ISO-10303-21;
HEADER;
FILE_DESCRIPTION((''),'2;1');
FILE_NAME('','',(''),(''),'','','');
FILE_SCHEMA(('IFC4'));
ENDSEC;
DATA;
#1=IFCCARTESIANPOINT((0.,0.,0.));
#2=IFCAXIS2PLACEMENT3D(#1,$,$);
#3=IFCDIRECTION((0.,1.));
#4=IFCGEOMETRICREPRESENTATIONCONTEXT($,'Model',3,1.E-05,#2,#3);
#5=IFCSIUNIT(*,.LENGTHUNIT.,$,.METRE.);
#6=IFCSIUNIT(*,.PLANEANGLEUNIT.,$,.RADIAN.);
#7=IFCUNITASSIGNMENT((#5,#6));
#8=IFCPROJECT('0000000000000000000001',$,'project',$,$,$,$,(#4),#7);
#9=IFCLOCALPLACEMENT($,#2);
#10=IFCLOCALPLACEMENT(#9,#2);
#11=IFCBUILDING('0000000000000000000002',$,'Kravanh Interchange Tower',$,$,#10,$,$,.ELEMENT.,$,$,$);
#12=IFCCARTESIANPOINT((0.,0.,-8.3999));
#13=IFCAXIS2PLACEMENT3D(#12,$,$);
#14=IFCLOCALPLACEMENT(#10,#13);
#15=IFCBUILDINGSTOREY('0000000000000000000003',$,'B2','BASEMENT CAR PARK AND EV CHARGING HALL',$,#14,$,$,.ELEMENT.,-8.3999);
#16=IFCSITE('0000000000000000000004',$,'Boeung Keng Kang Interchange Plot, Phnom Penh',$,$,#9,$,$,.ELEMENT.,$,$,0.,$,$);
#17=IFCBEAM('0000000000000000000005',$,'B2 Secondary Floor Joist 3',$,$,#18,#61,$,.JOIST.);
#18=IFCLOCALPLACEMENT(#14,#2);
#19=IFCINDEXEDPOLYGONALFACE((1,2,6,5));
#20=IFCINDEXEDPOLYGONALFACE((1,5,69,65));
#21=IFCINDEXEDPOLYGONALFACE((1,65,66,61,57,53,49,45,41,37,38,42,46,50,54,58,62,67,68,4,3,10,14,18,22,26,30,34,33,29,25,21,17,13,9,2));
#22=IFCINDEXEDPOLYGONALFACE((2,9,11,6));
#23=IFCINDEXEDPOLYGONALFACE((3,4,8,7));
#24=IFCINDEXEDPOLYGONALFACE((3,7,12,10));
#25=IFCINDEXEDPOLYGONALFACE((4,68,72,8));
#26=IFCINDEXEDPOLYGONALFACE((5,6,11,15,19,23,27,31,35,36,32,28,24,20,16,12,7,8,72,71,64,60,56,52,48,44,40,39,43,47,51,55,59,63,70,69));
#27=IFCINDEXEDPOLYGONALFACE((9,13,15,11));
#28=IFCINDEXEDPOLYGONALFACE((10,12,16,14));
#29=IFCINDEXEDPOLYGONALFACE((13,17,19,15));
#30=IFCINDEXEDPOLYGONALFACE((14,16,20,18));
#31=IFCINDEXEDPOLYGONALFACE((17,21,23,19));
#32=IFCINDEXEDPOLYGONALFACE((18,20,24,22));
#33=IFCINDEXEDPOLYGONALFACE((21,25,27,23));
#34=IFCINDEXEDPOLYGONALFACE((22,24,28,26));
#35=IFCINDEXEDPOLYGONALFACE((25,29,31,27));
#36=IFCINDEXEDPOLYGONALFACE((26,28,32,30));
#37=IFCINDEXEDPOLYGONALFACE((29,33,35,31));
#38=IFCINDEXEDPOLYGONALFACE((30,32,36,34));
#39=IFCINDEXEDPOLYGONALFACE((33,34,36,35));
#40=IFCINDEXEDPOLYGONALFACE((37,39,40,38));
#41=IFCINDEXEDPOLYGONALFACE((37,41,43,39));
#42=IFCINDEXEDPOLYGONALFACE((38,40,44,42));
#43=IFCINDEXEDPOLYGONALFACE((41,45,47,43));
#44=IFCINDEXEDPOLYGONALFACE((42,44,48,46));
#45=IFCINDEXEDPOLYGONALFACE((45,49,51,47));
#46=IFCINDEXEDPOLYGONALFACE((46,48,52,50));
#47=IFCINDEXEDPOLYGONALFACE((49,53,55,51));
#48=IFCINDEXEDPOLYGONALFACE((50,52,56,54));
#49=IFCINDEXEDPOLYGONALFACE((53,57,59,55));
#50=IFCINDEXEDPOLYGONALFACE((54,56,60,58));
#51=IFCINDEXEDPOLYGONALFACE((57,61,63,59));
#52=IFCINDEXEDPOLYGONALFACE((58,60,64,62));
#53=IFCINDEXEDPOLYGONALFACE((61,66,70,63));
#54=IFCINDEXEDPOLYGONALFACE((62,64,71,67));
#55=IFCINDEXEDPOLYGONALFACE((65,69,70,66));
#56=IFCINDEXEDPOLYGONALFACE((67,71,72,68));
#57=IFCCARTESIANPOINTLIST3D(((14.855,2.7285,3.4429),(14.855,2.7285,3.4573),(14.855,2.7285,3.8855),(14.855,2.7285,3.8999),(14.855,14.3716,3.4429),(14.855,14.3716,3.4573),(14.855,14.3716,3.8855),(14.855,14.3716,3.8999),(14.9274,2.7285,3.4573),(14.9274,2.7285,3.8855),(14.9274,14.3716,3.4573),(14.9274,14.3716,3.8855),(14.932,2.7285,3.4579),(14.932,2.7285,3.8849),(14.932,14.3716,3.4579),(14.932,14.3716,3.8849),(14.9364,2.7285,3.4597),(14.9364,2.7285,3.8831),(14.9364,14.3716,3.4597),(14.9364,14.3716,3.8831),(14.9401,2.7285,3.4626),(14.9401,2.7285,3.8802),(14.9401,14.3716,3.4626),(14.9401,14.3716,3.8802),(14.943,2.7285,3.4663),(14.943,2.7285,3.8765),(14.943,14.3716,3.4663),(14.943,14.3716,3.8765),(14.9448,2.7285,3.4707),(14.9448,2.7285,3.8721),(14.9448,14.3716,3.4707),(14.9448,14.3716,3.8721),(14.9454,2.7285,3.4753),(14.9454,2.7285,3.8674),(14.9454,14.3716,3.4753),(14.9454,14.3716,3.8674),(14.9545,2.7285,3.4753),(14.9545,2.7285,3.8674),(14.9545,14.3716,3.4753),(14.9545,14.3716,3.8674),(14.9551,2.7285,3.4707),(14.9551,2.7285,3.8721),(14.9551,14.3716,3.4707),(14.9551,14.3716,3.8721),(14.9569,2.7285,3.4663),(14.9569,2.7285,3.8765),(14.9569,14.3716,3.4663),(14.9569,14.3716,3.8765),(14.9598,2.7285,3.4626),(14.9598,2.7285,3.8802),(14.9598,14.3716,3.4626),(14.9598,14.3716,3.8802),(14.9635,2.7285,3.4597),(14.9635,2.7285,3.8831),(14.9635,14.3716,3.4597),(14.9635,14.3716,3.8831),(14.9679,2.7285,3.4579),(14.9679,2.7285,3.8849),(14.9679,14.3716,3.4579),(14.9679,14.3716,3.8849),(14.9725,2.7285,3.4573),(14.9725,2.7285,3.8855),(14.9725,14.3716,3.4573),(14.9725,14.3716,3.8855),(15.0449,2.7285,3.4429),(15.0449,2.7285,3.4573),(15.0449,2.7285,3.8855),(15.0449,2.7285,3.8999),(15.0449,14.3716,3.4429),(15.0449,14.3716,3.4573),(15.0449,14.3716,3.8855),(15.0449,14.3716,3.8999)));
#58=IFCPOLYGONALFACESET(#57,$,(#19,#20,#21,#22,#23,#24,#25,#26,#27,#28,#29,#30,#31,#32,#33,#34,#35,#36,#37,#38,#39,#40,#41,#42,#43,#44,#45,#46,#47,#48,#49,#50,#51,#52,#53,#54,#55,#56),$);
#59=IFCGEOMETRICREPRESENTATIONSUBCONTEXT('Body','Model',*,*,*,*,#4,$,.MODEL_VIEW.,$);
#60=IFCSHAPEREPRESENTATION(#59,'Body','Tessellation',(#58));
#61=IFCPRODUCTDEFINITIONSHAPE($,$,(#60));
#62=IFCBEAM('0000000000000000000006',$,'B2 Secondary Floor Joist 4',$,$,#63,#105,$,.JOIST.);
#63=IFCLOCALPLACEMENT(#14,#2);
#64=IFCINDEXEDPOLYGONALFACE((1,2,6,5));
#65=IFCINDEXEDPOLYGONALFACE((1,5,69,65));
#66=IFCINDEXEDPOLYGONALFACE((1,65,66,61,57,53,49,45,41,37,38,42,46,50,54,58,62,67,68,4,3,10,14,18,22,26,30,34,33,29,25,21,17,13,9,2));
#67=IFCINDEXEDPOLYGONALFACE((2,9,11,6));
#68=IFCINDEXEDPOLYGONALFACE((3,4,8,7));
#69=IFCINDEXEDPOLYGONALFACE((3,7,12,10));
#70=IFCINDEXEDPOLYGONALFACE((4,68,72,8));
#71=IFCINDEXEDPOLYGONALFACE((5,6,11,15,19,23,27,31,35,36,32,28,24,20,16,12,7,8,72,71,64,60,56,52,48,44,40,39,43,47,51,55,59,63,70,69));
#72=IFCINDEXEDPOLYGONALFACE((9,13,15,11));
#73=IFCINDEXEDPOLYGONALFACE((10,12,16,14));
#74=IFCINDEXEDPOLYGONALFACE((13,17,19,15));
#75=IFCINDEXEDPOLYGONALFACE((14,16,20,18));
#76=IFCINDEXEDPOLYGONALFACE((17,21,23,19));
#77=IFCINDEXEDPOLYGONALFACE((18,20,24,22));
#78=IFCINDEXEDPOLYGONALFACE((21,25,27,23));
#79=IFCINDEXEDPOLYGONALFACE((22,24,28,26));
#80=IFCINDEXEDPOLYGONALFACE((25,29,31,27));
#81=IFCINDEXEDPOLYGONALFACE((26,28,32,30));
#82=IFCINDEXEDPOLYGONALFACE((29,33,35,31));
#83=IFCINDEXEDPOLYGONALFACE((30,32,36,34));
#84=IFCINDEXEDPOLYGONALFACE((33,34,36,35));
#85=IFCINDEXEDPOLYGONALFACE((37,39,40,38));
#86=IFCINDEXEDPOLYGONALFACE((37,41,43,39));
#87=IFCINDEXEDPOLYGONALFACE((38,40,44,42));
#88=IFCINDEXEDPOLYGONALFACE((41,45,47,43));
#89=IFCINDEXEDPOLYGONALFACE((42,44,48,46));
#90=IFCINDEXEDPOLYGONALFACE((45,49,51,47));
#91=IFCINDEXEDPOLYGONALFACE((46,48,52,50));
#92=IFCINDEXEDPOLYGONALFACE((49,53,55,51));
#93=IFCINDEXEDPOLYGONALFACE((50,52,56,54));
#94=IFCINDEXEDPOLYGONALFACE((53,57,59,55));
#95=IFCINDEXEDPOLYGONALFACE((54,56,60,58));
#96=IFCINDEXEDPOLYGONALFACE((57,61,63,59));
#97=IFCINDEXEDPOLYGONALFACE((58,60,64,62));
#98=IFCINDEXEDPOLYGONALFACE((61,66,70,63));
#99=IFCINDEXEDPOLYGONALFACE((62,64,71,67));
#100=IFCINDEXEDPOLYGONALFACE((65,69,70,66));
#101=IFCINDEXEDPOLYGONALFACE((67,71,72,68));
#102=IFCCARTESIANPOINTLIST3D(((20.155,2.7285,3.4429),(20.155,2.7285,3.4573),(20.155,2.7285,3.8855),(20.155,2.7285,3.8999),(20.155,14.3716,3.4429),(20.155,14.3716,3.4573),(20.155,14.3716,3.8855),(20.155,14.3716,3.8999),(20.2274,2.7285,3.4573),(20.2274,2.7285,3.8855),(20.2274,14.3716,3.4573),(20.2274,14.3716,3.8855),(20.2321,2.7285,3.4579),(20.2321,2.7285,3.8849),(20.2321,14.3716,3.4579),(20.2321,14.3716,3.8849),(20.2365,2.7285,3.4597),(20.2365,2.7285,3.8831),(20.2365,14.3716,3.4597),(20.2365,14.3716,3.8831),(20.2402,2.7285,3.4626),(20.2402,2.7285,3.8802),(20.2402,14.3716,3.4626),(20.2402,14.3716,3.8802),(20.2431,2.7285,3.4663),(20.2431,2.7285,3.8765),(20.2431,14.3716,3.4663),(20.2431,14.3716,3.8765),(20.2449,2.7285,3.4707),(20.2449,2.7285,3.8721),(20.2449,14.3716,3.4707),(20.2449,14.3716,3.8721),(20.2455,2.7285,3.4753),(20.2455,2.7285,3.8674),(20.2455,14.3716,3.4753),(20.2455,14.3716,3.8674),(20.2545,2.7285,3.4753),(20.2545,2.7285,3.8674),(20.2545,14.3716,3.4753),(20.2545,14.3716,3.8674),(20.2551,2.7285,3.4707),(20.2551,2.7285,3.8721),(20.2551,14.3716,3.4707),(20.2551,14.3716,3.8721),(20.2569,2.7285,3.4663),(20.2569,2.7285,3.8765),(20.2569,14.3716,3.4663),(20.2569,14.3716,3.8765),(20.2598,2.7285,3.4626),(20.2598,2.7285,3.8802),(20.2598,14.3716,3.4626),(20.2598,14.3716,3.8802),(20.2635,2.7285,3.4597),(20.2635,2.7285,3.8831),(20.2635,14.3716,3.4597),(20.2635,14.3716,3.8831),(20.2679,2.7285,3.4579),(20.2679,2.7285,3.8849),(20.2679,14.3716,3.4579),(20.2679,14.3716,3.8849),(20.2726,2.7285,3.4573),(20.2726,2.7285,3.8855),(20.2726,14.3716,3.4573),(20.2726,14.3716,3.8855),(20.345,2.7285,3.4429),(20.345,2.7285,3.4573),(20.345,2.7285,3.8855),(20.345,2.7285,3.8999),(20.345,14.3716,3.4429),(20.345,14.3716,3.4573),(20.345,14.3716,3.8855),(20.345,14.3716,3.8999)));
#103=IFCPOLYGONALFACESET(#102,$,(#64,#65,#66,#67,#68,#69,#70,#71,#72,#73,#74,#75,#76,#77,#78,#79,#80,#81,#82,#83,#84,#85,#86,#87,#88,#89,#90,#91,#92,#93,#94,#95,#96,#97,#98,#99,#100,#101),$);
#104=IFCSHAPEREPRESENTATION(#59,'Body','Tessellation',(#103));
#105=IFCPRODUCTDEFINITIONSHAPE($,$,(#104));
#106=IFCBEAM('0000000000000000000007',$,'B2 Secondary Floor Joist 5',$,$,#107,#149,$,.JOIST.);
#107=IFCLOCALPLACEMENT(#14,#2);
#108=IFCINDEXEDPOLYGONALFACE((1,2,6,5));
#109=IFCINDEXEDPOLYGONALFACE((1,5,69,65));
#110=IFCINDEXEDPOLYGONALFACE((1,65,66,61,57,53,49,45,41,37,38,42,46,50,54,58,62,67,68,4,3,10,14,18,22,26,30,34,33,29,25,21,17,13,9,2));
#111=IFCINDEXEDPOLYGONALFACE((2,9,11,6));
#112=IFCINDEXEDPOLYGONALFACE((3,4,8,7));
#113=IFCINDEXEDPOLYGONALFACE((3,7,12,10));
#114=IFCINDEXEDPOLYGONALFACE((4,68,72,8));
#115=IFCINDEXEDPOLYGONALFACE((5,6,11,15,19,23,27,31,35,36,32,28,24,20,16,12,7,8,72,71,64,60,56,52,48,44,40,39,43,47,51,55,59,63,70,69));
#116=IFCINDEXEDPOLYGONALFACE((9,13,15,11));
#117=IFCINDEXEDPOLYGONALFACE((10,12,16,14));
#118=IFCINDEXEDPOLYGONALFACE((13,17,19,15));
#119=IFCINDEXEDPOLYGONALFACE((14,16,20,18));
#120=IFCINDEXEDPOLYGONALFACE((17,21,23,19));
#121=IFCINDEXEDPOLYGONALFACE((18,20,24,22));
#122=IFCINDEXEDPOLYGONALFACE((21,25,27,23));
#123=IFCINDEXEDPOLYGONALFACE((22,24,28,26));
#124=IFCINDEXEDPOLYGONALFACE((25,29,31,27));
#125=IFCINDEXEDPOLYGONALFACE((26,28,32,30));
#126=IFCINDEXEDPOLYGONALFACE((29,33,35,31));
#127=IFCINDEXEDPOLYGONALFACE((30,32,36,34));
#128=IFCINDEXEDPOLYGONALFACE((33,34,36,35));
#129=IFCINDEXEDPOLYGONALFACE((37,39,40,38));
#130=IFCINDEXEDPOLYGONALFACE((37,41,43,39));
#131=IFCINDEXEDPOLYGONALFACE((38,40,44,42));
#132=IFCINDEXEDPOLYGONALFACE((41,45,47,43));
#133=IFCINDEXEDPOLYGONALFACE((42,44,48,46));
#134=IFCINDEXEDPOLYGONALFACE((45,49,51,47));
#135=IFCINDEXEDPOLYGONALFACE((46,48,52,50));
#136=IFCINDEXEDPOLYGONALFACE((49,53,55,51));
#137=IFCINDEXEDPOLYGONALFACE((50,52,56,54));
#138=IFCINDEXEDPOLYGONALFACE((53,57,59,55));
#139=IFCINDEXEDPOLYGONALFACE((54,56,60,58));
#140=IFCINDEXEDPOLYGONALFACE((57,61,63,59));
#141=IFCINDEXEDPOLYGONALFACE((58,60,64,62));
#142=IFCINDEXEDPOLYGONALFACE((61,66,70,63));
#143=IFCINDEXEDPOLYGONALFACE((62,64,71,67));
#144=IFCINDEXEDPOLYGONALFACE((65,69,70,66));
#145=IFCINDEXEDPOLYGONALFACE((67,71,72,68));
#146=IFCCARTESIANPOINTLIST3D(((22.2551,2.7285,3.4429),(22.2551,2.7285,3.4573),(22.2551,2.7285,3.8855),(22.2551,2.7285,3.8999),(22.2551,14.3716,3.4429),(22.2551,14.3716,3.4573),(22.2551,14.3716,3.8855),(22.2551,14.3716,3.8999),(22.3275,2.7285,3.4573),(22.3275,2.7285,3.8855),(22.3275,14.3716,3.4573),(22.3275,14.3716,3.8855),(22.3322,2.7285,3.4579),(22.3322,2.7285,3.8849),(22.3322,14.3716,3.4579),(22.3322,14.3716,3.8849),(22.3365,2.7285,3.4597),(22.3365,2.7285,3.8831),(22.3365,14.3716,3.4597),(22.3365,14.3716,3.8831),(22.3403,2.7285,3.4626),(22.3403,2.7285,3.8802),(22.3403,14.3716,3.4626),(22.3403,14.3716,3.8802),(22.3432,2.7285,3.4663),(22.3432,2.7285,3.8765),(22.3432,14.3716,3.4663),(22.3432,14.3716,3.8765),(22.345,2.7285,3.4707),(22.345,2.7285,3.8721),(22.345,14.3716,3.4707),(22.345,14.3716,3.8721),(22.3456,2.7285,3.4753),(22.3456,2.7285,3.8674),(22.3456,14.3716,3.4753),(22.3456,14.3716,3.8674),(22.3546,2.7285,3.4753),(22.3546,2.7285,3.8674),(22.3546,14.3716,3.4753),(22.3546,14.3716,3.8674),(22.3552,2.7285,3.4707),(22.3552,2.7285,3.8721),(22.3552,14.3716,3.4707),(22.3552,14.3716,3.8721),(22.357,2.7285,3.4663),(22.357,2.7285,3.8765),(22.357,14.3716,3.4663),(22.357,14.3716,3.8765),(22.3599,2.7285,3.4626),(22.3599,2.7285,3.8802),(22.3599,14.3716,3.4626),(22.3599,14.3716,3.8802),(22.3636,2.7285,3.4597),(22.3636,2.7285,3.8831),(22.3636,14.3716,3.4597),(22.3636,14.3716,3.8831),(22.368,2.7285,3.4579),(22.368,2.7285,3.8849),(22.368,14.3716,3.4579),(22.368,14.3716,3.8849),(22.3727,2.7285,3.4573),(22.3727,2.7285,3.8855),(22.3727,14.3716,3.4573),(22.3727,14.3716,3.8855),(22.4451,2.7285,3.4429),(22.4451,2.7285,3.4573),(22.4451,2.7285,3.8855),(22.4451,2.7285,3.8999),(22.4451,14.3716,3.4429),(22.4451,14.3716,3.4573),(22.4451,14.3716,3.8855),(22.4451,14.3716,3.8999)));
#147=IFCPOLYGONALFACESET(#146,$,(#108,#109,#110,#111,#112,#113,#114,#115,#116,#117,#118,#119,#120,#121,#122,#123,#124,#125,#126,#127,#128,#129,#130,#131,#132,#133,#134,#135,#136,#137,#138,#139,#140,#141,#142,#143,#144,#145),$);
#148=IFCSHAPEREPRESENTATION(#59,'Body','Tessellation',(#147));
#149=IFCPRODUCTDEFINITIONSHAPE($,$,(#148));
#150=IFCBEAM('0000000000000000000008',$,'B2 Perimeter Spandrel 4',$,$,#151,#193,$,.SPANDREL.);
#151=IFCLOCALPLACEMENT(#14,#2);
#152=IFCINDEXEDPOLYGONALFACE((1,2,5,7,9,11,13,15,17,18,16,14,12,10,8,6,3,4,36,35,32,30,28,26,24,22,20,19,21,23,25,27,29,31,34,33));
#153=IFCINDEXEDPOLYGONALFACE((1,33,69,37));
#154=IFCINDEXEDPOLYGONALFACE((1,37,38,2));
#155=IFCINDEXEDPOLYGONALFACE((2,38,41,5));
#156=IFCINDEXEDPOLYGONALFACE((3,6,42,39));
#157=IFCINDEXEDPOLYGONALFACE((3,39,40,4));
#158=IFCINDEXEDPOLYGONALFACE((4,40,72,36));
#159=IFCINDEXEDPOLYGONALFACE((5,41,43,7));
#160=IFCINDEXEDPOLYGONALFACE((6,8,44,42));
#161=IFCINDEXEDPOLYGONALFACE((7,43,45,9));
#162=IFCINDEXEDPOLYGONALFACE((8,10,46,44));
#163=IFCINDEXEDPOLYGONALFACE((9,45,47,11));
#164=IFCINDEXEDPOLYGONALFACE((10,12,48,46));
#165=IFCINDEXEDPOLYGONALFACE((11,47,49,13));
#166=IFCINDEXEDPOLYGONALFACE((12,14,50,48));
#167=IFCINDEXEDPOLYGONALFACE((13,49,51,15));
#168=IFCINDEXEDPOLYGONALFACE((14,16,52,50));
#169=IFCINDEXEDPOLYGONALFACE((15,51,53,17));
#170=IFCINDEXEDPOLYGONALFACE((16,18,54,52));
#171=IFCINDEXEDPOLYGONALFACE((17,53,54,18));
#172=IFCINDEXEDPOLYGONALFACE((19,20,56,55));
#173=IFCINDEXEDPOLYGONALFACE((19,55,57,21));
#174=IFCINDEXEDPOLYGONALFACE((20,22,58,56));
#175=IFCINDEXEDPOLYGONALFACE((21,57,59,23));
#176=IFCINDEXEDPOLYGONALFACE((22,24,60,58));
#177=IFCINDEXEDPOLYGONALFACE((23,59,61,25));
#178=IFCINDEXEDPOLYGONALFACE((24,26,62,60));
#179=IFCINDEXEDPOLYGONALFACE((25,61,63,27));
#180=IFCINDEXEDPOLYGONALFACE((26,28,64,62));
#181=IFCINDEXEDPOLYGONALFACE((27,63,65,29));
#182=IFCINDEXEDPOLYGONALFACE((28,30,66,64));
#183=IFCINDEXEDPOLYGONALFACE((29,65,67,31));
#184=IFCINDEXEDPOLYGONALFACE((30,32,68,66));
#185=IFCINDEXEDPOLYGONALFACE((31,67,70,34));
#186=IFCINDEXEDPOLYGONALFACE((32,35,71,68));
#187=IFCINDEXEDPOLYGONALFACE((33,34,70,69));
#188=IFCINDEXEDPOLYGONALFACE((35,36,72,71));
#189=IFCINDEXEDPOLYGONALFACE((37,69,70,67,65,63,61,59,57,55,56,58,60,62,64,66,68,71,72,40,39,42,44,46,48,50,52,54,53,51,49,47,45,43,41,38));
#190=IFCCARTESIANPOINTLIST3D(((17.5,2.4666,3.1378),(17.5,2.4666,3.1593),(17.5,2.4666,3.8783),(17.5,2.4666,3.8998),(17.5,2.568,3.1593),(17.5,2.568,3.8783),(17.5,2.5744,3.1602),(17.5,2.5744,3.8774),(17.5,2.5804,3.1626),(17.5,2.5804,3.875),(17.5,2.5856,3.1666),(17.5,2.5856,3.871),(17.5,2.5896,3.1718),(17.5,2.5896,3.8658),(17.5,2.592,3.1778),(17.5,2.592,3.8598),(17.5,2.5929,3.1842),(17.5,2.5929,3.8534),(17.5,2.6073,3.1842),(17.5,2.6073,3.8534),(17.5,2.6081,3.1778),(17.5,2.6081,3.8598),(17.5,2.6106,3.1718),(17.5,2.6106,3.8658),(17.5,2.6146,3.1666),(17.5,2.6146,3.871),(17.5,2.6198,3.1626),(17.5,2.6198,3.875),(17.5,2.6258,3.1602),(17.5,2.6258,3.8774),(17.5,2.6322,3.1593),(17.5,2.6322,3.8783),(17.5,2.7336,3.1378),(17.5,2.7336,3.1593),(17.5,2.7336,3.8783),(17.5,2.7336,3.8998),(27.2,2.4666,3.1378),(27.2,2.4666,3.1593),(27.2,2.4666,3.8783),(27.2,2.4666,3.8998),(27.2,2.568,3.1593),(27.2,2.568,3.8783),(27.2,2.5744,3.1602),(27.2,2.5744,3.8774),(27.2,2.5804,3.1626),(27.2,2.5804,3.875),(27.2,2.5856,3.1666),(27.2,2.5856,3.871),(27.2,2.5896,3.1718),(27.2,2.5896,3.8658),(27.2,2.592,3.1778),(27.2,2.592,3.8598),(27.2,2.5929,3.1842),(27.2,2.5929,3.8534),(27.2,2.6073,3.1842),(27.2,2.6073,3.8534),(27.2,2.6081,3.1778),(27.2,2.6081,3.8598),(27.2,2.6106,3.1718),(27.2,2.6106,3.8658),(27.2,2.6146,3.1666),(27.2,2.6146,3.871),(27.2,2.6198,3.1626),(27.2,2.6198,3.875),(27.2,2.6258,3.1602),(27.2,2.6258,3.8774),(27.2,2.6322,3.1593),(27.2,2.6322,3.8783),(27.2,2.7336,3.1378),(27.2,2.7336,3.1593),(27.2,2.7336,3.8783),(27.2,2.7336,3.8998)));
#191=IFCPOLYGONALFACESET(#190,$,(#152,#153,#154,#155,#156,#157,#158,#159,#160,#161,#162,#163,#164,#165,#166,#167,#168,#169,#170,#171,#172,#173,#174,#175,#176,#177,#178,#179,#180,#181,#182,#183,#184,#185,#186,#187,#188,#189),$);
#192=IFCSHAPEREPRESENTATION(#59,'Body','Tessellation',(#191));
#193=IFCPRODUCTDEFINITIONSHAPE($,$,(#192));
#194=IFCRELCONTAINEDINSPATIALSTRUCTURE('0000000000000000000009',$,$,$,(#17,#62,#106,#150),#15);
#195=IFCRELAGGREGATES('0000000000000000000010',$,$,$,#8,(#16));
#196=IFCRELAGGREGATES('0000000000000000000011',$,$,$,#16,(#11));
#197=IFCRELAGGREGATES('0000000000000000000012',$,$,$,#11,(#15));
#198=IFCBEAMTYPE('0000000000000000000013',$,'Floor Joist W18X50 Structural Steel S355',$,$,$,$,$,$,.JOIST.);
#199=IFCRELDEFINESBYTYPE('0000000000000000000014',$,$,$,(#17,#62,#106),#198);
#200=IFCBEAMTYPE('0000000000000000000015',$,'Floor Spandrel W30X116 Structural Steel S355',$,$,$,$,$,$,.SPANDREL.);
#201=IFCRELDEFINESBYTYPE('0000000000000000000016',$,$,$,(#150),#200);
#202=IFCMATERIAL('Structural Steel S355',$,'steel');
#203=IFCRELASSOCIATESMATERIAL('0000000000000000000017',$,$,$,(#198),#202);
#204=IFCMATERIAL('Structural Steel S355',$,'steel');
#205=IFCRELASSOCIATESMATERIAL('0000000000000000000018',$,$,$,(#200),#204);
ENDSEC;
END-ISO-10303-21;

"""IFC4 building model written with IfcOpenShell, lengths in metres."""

from ifc_helpers import new_model, si_unit, direction, frame, origin, origin_2d, place, context, subcontext, project, spatial, i_section, extrude, material, material_profile, profile_set, type_object, element, save


model = new_model("IFC4")

# Units and contexts
model_context = context("Model", 3, precision=1e-05, world=origin(), true_north=direction((0.0, 1.0)))
body_context = subcontext(model_context, "Body", "Model", "MODEL_VIEW")
ifc_project = project(units=[si_unit("LENGTHUNIT", "METRE"), si_unit("PLANEANGLEUNIT", "RADIAN")], contexts=[model_context])

# Site, building, storey
site_placement = place(None, origin())
site = spatial("IfcSite", under=ifc_project, at=site_placement, Name="Boeung Keng Kang Interchange Plot, Phnom Penh", CompositionType="ELEMENT", RefElevation=0.0)
building_placement = place(site_placement, origin())
building = spatial("IfcBuilding", under=site, at=building_placement, Name="Kravanh Interchange Tower", CompositionType="ELEMENT")
storey_placement = place(building_placement, frame((0.0, 0.0, -8.3999)))
storey = spatial("IfcBuildingStorey", under=building, at=storey_placement, Name="B2", Description="BASEMENT CAR PARK AND EV CHARGING HALL", CompositionType="ELEMENT", Elevation=-8.3999)

# Beams
ifc_material_1 = material(Name="Structural Steel S355", Category="steel")
ifc_material_profile_1 = material_profile(ifc_material_1, i_section(OverallWidth=0.1899, OverallDepth=0.457, WebThickness=0.009, FlangeThickness=0.0144, FilletRadius=0.0181, at=origin_2d()), Name="W18X50")
ifc_profile_set_1 = profile_set([ifc_material_profile_1], Name="Structural Steel S355")
beam_type_1 = type_object("IfcBeamType", Name="Floor Joist W18X50 Structural Steel S355", PredefinedType="JOIST", material=ifc_profile_set_1)
for number, where, z_axis, x_axis, name in (
    (1, (14.95, 2.7285, 3.6714), (0.0, 1.0, 0.0), (-1.0, 0.0, 0.0), "B2 Secondary Floor Joist 3"),
    (2, (20.25, 2.7285, 3.6714), (0.0, 1.0, 0.0), (-1.0, 0.0, 0.0), "B2 Secondary Floor Joist 4"),
    (3, (22.3501, 2.7285, 3.6714), (0.0, 1.0, 0.0), (-1.0, 0.0, 0.0), "B2 Secondary Floor Joist 5"),
):
    element("IfcBeam", number, at=place(storey_placement, frame(where, z_axis=z_axis, x_axis=x_axis)), inside=storey, type_object=beam_type_1, Name=name, PredefinedType="JOIST", context=body_context, shape_type="SweptSolid", body=[
        extrude(i_section(OverallWidth=0.1899, OverallDepth=0.457, WebThickness=0.009, FlangeThickness=0.0144, FilletRadius=0.0181, at=origin_2d()), origin(), (0.0, 0.0, 1.0), 11.6431),
    ])
ifc_material_2 = material(Name="Structural Steel S355", Category="steel")
ifc_material_profile_2 = material_profile(ifc_material_2, i_section(OverallWidth=0.2671, OverallDepth=0.762, WebThickness=0.0144, FlangeThickness=0.0215, FilletRadius=0.0249, at=origin_2d()), Name="W30X116")
ifc_profile_set_2 = profile_set([ifc_material_profile_2], Name="Structural Steel S355")
beam_type_2 = type_object("IfcBeamType", Name="Floor Spandrel W30X116 Structural Steel S355", PredefinedType="SPANDREL", material=ifc_profile_set_2)
beam_1_placement = place(storey_placement, frame((17.5, 2.6001, 3.5188), z_axis=(1.0, 0.0, 0.0), x_axis=(0.0, 1.0, 0.0)))
element("IfcBeam", 4, at=beam_1_placement, inside=storey, type_object=beam_type_2, Name="B2 Perimeter Spandrel 4", PredefinedType="SPANDREL", context=body_context, shape_type="SweptSolid", body=[
    extrude(i_section(OverallWidth=0.2671, OverallDepth=0.762, WebThickness=0.0144, FlangeThickness=0.0215, FilletRadius=0.0249, at=origin_2d()), origin(), (0.0, 0.0, 1.0), 9.7),
])

save(model, "model.ifc")
